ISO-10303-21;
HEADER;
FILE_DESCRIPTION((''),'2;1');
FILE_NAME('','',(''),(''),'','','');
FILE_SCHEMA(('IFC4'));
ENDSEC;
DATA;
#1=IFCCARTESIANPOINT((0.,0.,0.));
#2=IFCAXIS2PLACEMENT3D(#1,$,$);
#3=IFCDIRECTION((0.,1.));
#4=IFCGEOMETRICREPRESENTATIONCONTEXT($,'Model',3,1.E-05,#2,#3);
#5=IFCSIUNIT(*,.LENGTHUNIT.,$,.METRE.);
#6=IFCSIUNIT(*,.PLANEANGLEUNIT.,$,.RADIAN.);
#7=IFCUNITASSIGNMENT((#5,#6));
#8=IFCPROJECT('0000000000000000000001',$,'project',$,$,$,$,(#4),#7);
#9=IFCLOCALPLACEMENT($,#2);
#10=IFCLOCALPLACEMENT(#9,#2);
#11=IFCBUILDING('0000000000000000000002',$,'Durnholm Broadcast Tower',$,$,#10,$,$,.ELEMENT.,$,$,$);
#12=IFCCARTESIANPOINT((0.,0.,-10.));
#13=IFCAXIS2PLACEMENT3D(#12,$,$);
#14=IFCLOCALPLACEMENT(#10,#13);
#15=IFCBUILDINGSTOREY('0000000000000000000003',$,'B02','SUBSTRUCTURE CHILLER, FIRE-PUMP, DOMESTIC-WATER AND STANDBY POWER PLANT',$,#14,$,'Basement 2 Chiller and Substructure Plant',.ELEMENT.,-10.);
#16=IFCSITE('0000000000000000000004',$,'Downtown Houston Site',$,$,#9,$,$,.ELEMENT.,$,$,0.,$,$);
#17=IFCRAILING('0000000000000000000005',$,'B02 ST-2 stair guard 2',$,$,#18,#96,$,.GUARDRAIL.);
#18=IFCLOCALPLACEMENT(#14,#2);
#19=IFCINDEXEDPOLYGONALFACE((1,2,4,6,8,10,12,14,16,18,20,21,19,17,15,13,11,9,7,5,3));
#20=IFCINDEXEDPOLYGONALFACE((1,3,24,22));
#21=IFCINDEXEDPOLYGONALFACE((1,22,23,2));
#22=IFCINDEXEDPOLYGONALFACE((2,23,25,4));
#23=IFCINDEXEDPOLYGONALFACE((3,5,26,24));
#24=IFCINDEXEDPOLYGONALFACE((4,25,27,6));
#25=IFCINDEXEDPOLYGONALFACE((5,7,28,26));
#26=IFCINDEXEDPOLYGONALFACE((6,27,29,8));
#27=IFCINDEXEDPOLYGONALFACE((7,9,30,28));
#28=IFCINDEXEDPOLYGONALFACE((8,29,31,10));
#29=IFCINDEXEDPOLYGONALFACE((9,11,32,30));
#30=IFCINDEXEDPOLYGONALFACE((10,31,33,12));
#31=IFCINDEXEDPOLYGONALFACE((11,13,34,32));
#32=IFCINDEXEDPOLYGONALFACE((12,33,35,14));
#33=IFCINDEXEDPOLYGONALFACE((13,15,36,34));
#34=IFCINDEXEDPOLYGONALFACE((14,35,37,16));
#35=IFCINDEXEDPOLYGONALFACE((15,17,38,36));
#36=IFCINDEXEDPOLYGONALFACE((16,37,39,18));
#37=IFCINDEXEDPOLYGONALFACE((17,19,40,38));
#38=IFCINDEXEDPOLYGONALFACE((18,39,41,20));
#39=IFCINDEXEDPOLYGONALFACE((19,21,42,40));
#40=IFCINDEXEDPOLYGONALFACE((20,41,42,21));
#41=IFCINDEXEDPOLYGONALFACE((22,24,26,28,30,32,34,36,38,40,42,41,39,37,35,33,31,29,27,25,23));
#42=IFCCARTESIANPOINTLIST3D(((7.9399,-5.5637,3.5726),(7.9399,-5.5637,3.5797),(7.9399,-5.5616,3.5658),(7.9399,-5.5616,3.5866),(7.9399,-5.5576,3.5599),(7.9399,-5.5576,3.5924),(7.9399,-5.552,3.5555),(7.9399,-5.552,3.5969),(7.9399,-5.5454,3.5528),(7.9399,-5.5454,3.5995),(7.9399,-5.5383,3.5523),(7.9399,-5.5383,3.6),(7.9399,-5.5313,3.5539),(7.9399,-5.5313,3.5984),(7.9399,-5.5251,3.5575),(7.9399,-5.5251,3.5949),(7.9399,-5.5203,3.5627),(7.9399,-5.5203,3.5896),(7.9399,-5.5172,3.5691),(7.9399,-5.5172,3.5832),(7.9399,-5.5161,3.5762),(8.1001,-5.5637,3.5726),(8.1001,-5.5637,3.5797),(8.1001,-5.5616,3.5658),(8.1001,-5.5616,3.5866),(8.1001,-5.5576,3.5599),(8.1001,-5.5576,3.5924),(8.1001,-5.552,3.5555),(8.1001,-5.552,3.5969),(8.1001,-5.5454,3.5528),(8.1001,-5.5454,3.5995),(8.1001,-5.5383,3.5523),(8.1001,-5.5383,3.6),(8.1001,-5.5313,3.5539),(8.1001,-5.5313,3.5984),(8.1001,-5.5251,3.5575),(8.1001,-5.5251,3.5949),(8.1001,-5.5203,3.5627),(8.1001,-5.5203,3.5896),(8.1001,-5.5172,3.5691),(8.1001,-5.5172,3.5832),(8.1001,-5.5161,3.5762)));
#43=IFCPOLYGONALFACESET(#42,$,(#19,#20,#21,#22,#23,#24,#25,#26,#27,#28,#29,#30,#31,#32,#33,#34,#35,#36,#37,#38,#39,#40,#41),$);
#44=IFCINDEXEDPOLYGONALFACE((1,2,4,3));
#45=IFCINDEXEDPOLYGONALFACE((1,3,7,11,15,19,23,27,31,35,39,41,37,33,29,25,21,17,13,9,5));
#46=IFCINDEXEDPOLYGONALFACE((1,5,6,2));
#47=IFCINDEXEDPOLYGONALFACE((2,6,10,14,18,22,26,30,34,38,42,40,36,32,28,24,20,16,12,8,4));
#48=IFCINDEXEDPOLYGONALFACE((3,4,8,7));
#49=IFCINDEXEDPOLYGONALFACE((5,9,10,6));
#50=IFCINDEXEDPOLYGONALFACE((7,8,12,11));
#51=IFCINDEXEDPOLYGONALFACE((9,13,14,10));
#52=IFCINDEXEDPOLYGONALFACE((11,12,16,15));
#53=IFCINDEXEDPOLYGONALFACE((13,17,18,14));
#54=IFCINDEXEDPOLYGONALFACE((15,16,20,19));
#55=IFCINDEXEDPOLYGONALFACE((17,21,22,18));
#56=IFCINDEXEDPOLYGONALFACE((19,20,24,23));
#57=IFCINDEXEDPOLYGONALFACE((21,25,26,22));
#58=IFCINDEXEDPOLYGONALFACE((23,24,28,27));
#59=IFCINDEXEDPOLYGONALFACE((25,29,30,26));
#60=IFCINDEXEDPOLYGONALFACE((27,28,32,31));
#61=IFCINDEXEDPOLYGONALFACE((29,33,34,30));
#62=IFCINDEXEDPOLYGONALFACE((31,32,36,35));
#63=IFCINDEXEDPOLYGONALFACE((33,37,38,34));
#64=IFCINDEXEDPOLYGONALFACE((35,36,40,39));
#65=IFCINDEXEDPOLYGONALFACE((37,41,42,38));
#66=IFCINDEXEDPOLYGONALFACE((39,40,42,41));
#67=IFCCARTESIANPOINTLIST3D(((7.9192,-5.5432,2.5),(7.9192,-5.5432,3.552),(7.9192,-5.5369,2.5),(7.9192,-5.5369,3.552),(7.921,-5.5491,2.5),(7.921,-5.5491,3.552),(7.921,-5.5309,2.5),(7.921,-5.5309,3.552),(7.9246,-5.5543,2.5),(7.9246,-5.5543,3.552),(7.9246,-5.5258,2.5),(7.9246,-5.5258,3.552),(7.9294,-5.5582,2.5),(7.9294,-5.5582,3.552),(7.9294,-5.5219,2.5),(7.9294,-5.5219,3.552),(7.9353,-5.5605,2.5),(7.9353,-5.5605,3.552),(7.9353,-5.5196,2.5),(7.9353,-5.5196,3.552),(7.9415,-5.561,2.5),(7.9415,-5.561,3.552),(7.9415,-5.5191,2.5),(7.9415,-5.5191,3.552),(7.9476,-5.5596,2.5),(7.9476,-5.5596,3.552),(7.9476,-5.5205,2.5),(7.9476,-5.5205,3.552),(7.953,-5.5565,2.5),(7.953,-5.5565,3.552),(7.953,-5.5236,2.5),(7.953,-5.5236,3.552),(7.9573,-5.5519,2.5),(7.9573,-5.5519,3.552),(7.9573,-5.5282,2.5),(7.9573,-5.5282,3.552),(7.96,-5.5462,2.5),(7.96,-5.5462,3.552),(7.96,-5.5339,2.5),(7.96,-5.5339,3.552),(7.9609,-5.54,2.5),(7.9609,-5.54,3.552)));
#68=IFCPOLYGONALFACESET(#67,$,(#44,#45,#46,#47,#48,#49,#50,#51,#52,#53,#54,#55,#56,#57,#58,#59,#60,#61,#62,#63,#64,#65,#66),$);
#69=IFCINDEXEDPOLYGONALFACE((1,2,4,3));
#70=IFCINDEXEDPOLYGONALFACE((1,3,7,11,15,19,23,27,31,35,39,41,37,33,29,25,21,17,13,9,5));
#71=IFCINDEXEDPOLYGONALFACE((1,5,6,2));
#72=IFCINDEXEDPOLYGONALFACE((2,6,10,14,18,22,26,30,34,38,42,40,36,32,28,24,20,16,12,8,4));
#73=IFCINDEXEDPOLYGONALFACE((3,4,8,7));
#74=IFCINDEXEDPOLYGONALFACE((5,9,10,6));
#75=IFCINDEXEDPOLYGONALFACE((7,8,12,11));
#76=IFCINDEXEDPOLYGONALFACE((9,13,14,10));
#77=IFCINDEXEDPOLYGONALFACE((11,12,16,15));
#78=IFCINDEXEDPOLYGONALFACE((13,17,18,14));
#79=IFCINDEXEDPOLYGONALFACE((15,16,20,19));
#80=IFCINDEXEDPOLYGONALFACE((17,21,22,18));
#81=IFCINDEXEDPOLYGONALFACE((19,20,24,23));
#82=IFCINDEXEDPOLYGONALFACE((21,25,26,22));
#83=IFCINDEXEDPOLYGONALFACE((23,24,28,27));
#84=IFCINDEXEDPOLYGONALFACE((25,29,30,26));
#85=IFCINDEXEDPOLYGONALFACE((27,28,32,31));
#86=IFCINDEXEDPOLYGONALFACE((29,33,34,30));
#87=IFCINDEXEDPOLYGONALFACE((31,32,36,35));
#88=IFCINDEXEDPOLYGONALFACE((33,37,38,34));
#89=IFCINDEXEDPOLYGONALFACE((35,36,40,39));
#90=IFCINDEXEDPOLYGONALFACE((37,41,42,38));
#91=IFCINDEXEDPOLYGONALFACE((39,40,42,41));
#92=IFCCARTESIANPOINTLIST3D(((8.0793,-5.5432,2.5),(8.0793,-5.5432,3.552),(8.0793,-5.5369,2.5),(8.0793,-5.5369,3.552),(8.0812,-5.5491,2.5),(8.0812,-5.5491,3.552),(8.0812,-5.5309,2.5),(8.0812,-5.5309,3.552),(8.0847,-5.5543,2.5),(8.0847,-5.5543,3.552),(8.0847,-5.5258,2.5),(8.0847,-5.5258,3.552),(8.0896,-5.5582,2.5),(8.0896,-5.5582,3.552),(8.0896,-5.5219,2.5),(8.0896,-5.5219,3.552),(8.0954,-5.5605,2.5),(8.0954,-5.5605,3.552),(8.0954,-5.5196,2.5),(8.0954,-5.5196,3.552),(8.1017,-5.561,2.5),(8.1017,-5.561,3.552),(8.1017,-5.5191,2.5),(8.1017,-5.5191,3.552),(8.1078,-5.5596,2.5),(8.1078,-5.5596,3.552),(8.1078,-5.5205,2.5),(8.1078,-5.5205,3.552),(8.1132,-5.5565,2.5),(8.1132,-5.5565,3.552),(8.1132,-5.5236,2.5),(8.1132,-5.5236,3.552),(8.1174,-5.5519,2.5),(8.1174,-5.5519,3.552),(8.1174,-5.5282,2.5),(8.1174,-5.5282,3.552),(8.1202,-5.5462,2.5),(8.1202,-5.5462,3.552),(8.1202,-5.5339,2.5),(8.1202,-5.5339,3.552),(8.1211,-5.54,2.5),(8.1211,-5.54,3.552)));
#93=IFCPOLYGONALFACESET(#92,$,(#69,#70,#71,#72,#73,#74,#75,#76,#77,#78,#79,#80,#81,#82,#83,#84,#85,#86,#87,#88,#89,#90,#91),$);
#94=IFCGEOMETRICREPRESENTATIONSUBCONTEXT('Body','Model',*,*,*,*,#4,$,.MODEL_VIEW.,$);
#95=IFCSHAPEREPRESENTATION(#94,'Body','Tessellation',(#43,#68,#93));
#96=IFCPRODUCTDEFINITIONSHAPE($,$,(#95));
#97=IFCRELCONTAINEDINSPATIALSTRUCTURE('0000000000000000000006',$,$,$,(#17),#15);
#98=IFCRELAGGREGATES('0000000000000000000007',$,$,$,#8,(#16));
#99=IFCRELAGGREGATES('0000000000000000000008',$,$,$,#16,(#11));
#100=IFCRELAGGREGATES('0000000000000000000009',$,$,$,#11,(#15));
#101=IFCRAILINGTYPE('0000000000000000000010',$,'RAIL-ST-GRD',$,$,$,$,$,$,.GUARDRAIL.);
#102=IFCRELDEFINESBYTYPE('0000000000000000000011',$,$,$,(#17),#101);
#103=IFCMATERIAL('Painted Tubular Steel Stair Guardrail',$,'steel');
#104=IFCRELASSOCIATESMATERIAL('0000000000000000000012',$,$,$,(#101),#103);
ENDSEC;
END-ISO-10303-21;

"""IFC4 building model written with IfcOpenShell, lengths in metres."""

from ifc_helpers import new_model, si_unit, direction, frame, origin, origin_2d, place, context, subcontext, project, spatial, circle, extrude, material, type_object, element, save


model = new_model("IFC4")

# Units and contexts
model_context = context("Model", 3, precision=1e-05, world=origin(), true_north=direction((0.0, 1.0)))
body_context = subcontext(model_context, "Body", "Model", "MODEL_VIEW")
ifc_project = project(units=[si_unit("LENGTHUNIT", "METRE"), si_unit("PLANEANGLEUNIT", "RADIAN")], contexts=[model_context])

# Site, building, storey
site_placement = place(None, origin())
site = spatial("IfcSite", under=ifc_project, at=site_placement, Name="Downtown Houston Site", CompositionType="ELEMENT", RefElevation=0.0)
building_placement = place(site_placement, origin())
building = spatial("IfcBuilding", under=site, at=building_placement, Name="Durnholm Broadcast Tower", CompositionType="ELEMENT")
storey_placement = place(building_placement, frame((0.0, 0.0, -10.0)))
storey = spatial("IfcBuildingStorey", under=building, at=storey_placement, Name="B02", Description="SUBSTRUCTURE CHILLER, FIRE-PUMP, DOMESTIC-WATER AND STANDBY POWER PLANT", LongName="Basement 2 Chiller and Substructure Plant", CompositionType="ELEMENT", Elevation=-10.0)

# Railing
ifc_material_1 = material(Name="Painted Tubular Steel Stair Guardrail", Category="steel")
railing_type_1 = type_object("IfcRailingType", Name="RAIL-ST-GRD", PredefinedType="GUARDRAIL", material=ifc_material_1)
railing_1_placement = place(storey_placement, frame((7.9399, -5.54, 2.5)))
element("IfcRailing", 1, at=railing_1_placement, inside=storey, type_object=railing_type_1, Name="B02 ST-2 stair guard 2", PredefinedType="GUARDRAIL", context=body_context, shape_type="SweptSolid", body=[
    extrude(circle(Radius=0.0239, at=origin_2d()), frame((0.0, 0.0, 1.0762), z_axis=(1.0, 0.0, 0.0), x_axis=(0.0, 1.0, 0.0)), (0.0, 0.0, 1.0), 0.1602),
    extrude(circle(Radius=0.021, at=origin_2d()), origin(), (0.0, 0.0, 1.0), 1.052),
    extrude(circle(Radius=0.021, at=origin_2d()), frame((0.1602, 0.0, 0.0)), (0.0, 0.0, 1.0), 1.052),
])

save(model, "model.ifc")
